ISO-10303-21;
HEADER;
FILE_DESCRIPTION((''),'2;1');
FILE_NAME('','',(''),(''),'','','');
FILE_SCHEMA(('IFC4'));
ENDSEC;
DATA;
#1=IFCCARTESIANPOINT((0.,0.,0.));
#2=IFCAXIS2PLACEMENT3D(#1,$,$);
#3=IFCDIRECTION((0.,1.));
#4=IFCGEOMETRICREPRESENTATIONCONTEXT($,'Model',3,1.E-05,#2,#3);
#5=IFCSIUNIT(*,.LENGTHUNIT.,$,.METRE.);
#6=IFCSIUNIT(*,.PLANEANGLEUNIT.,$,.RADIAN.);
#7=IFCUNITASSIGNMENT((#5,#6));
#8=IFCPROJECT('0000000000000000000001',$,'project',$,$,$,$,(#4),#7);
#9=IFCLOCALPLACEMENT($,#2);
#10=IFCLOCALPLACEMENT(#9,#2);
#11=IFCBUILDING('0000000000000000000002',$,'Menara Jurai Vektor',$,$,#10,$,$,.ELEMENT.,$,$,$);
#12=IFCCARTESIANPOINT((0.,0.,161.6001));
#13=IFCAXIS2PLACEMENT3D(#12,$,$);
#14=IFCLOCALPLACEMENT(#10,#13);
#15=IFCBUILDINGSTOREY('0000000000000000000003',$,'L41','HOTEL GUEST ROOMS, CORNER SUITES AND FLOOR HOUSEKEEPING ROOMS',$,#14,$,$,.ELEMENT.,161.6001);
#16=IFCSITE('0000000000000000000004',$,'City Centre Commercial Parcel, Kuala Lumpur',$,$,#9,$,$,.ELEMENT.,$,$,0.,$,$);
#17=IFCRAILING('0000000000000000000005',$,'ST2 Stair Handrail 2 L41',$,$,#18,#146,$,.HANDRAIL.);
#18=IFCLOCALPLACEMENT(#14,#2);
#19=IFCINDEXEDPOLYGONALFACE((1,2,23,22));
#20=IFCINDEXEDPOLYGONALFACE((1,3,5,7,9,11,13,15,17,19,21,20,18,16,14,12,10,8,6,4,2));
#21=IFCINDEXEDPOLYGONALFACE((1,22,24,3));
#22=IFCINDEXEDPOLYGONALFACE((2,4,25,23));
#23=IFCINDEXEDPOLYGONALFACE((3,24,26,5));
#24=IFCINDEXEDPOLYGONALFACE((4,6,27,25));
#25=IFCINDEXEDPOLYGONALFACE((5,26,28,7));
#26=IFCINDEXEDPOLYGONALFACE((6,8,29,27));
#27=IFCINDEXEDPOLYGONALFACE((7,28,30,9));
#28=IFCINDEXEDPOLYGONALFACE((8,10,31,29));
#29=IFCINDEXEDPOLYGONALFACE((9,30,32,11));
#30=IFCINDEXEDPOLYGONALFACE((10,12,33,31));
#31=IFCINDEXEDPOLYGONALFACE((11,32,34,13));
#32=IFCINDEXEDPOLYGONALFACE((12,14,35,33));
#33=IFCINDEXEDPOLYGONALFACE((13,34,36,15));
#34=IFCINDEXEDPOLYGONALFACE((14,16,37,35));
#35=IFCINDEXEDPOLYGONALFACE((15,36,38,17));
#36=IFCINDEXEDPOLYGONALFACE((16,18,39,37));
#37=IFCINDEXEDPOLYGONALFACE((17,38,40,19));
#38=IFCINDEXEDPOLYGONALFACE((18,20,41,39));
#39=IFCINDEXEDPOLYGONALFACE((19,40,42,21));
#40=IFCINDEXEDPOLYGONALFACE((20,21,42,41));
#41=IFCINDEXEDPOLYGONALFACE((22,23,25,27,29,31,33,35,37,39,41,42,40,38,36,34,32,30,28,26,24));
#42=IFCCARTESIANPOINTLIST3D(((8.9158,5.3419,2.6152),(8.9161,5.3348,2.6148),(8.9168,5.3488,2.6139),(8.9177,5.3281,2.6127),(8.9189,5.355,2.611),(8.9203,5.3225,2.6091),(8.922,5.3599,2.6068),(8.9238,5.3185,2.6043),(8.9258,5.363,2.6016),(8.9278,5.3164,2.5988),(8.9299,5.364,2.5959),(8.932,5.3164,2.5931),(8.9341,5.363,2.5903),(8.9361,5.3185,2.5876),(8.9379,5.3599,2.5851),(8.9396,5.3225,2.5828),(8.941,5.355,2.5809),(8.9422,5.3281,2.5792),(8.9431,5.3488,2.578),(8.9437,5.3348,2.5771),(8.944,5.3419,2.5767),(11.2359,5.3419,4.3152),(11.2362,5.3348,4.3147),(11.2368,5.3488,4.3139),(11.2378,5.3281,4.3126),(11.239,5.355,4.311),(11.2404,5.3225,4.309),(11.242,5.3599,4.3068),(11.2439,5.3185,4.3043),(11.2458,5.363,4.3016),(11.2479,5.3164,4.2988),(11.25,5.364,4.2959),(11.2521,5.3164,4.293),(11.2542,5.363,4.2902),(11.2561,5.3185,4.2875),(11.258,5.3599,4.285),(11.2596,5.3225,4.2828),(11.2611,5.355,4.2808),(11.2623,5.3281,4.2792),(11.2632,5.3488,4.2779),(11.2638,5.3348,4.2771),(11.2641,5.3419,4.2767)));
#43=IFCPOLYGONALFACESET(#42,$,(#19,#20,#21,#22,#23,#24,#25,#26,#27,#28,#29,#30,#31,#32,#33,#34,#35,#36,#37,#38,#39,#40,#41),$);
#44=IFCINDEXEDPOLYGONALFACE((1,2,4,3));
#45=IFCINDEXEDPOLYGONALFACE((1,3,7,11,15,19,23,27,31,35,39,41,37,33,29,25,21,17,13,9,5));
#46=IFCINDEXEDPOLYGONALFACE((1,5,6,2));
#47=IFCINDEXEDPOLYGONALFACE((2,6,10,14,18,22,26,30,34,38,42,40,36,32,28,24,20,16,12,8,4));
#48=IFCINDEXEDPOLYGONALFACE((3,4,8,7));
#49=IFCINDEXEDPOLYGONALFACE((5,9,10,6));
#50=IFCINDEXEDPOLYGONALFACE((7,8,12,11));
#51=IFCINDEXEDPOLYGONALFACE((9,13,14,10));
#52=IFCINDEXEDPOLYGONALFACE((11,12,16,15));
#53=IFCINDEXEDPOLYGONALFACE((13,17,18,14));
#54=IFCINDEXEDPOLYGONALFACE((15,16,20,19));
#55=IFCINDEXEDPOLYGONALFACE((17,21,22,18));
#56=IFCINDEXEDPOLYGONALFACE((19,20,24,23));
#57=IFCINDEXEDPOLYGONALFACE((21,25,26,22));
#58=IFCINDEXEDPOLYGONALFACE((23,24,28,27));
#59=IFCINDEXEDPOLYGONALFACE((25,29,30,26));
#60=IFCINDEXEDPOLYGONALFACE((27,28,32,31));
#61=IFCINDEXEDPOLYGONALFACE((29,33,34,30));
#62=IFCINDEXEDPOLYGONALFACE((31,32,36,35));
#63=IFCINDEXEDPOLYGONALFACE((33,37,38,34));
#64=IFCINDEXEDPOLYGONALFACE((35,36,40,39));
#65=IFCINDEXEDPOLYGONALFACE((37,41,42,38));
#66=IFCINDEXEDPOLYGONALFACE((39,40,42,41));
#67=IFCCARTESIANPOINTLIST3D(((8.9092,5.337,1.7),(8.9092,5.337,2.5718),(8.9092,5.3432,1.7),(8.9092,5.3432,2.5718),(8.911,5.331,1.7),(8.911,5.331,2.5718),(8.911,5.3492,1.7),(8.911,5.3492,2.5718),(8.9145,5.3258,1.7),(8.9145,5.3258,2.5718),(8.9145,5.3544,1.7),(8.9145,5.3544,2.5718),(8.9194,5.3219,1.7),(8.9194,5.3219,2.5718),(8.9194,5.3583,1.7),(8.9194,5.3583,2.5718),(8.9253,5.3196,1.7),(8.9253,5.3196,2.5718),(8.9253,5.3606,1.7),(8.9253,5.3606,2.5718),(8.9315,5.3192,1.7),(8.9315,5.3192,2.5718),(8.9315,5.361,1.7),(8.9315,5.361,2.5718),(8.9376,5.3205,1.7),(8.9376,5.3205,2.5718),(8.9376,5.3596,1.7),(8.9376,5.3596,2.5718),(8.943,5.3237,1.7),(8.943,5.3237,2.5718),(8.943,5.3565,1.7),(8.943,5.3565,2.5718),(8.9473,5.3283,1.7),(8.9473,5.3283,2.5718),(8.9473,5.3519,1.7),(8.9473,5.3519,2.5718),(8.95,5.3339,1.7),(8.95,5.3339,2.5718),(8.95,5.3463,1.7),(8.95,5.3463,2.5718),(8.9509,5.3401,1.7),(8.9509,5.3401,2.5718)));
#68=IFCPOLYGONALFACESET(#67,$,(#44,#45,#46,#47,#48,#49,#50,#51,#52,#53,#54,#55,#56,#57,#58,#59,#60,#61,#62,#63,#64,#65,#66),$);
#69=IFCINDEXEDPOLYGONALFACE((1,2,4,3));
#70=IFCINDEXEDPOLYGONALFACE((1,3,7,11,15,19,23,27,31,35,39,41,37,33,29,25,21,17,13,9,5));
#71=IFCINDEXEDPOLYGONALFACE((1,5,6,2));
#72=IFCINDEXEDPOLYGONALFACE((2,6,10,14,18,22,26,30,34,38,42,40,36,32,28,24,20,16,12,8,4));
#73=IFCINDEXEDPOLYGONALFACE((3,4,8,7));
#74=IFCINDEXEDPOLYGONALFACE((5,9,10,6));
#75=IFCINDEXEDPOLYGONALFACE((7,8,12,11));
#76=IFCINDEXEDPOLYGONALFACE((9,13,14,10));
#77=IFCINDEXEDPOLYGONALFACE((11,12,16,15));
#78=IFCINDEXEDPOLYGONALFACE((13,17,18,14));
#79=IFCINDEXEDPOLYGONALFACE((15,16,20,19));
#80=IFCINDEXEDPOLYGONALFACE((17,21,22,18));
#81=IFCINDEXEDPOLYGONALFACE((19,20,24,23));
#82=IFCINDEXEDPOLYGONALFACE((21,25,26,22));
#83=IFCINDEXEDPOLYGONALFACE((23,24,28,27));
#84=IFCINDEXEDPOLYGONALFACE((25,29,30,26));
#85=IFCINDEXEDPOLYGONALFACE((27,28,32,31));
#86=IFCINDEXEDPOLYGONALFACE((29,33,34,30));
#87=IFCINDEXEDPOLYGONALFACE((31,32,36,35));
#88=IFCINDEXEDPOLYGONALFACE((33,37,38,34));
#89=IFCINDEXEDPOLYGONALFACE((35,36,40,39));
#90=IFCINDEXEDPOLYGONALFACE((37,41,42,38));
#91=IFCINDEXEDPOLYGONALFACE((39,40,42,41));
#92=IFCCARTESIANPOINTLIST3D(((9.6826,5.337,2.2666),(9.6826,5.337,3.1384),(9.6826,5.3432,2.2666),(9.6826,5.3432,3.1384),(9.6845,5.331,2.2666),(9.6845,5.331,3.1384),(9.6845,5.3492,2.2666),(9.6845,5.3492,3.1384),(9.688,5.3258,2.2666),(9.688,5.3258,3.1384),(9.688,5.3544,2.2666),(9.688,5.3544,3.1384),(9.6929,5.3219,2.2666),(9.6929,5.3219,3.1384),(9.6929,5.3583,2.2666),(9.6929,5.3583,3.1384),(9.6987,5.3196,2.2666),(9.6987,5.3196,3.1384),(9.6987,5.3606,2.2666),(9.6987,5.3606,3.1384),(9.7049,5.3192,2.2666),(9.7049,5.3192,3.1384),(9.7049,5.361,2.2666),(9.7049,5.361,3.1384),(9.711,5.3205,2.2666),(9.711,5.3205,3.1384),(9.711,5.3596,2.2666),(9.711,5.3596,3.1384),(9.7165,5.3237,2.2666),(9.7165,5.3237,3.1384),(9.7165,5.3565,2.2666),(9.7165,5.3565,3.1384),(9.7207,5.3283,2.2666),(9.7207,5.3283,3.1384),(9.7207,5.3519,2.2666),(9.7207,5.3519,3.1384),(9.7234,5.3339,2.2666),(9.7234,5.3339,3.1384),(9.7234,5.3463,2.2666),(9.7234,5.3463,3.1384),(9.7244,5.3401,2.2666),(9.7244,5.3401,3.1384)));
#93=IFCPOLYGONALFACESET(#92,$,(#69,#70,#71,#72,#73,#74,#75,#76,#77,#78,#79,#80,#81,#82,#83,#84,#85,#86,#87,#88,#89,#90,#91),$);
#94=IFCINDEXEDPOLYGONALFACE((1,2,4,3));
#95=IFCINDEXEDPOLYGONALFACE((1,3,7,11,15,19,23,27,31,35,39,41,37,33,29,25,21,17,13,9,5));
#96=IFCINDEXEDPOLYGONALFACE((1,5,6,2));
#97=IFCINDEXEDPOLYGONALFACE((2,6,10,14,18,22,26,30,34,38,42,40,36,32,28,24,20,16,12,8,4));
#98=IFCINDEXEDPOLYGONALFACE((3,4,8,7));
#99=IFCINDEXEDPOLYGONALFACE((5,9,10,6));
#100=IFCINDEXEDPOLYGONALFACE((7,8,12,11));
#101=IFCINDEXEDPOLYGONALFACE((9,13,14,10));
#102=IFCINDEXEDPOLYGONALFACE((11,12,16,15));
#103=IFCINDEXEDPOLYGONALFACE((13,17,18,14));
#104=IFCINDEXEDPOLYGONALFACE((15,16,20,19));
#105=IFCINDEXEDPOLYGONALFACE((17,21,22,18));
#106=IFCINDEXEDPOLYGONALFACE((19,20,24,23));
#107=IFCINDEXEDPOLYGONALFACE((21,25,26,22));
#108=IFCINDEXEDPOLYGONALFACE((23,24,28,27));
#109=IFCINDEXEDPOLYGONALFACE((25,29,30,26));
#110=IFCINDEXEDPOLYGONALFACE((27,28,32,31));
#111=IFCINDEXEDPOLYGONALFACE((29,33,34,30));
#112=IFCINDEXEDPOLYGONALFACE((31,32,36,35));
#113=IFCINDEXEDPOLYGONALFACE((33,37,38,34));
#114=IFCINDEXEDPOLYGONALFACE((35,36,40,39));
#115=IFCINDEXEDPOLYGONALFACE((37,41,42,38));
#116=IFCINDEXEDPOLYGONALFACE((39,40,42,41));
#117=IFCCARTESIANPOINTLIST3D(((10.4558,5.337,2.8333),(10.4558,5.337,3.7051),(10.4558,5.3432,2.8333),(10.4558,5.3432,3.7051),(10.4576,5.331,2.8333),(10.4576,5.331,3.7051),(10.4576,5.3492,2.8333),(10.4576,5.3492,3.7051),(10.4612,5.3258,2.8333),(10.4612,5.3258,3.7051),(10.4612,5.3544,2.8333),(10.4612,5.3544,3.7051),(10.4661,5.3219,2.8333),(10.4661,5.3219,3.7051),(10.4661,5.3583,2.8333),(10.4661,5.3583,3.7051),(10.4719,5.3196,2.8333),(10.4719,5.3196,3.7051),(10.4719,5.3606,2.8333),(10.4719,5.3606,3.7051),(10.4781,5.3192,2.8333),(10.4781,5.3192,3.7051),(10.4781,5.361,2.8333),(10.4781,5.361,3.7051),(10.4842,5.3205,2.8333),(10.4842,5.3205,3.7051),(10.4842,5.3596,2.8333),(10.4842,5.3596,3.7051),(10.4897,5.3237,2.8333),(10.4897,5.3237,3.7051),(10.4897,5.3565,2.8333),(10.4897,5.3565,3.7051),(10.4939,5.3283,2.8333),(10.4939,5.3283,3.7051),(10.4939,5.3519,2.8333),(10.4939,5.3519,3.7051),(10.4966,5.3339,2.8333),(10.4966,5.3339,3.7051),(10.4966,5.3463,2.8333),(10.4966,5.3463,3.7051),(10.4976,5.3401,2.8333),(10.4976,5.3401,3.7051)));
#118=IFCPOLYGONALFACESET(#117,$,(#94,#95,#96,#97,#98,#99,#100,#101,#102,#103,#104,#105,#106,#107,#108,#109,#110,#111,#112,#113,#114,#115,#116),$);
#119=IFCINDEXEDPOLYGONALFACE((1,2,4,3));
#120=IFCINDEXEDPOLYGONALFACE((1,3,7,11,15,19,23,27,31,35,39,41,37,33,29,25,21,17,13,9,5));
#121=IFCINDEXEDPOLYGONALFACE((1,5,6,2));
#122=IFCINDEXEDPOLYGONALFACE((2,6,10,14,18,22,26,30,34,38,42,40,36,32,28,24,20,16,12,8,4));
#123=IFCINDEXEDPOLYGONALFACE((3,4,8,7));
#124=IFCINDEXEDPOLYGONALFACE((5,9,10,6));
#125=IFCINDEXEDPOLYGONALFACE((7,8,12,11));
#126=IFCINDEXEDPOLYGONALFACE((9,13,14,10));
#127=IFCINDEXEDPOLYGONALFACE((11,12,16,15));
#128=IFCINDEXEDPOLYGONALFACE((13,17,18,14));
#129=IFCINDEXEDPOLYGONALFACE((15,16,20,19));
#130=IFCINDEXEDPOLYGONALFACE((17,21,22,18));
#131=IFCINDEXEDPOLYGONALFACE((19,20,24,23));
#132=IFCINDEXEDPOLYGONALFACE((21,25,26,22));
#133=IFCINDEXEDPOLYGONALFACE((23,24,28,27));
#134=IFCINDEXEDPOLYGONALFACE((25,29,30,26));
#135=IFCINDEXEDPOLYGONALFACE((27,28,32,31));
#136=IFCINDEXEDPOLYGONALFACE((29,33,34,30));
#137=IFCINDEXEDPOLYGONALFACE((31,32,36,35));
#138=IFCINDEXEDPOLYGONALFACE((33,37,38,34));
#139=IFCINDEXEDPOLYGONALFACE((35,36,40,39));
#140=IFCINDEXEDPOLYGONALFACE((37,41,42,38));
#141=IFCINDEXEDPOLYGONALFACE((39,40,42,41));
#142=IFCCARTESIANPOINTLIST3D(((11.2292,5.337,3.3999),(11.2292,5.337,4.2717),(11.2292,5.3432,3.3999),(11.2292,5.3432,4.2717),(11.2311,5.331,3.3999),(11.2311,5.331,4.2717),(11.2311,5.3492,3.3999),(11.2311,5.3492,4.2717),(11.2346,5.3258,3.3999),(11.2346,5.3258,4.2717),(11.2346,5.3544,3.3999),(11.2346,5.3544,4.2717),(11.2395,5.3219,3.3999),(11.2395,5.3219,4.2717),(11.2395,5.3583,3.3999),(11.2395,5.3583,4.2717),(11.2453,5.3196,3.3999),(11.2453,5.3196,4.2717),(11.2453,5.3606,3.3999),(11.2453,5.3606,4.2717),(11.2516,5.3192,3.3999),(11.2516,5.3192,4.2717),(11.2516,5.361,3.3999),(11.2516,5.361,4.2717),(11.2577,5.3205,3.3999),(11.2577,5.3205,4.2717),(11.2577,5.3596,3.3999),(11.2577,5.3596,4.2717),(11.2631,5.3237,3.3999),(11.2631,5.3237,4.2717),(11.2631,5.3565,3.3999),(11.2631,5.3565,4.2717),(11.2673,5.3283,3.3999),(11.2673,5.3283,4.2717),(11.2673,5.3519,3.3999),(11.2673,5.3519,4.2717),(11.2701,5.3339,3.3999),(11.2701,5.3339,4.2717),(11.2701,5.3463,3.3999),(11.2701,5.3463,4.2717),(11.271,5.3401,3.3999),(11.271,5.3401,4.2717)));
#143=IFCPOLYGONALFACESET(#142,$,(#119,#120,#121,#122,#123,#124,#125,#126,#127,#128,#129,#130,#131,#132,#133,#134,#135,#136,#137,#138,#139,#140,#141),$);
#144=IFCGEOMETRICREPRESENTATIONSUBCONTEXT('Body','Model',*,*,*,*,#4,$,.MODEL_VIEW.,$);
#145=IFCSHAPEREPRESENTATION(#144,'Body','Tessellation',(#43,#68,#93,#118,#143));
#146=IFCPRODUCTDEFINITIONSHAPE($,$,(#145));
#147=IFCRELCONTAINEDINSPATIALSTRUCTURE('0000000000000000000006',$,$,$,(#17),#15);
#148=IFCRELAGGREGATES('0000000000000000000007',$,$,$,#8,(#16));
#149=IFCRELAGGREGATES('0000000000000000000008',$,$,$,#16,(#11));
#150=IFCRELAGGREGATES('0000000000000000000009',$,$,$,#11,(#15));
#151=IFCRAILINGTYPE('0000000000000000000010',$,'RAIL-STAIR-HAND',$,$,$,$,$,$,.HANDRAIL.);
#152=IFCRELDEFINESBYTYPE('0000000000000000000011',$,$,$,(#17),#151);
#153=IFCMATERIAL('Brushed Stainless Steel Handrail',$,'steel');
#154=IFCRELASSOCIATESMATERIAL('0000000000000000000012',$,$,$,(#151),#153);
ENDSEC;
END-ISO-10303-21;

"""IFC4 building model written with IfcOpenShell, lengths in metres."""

from ifc_helpers import new_model, si_unit, direction, frame, origin, origin_2d, place, context, subcontext, project, spatial, circle, extrude, material, type_object, element, save


model = new_model("IFC4")

# Units and contexts
model_context = context("Model", 3, precision=1e-05, world=origin(), true_north=direction((0.0, 1.0)))
body_context = subcontext(model_context, "Body", "Model", "MODEL_VIEW")
ifc_project = project(units=[si_unit("LENGTHUNIT", "METRE"), si_unit("PLANEANGLEUNIT", "RADIAN")], contexts=[model_context])

# Site, building, storey
site_placement = place(None, origin())
site = spatial("IfcSite", under=ifc_project, at=site_placement, Name="City Centre Commercial Parcel, Kuala Lumpur", CompositionType="ELEMENT", RefElevation=0.0)
building_placement = place(site_placement, origin())
building = spatial("IfcBuilding", under=site, at=building_placement, Name="Menara Jurai Vektor", CompositionType="ELEMENT")
storey_placement = place(building_placement, frame((0.0, 0.0, 161.6001)))
storey = spatial("IfcBuildingStorey", under=building, at=storey_placement, Name="L41", Description="HOTEL GUEST ROOMS, CORNER SUITES AND FLOOR HOUSEKEEPING ROOMS", CompositionType="ELEMENT", Elevation=161.6001)

# Railing
ifc_material_1 = material(Name="Brushed Stainless Steel Handrail", Category="steel")
railing_type_1 = type_object("IfcRailingType", Name="RAIL-STAIR-HAND", PredefinedType="HANDRAIL", material=ifc_material_1)
railing_1_placement = place(storey_placement, frame((8.9299, 5.3401, 1.7)))
element("IfcRailing", 1, at=railing_1_placement, inside=storey, type_object=railing_type_1, Name="ST2 Stair Handrail 2 L41", PredefinedType="HANDRAIL", context=body_context, shape_type="SweptSolid", body=[
    extrude(circle(Radius=0.0239, at=origin_2d()), frame((0.0, 0.0, 0.896), z_axis=(0.806642, 0.0, 0.59104), x_axis=(0.0, 1.0, 0.0)), (0.0, 0.0, 1.0), 2.8762),
    extrude(circle(Radius=0.021, at=origin_2d()), origin(), (0.0, 0.0, 1.0), 0.8718),
    extrude(circle(Radius=0.021, at=origin_2d()), frame((0.7734, 0.0, 0.5667)), (0.0, 0.0, 1.0), 0.8718),
    extrude(circle(Radius=0.021, at=origin_2d()), frame((1.5466, 0.0, 1.1333)), (0.0, 0.0, 1.0), 0.8718),
    extrude(circle(Radius=0.021, at=origin_2d()), frame((2.3201, 0.0, 1.7)), (0.0, 0.0, 1.0), 0.8718),
])

save(model, "model.ifc")
